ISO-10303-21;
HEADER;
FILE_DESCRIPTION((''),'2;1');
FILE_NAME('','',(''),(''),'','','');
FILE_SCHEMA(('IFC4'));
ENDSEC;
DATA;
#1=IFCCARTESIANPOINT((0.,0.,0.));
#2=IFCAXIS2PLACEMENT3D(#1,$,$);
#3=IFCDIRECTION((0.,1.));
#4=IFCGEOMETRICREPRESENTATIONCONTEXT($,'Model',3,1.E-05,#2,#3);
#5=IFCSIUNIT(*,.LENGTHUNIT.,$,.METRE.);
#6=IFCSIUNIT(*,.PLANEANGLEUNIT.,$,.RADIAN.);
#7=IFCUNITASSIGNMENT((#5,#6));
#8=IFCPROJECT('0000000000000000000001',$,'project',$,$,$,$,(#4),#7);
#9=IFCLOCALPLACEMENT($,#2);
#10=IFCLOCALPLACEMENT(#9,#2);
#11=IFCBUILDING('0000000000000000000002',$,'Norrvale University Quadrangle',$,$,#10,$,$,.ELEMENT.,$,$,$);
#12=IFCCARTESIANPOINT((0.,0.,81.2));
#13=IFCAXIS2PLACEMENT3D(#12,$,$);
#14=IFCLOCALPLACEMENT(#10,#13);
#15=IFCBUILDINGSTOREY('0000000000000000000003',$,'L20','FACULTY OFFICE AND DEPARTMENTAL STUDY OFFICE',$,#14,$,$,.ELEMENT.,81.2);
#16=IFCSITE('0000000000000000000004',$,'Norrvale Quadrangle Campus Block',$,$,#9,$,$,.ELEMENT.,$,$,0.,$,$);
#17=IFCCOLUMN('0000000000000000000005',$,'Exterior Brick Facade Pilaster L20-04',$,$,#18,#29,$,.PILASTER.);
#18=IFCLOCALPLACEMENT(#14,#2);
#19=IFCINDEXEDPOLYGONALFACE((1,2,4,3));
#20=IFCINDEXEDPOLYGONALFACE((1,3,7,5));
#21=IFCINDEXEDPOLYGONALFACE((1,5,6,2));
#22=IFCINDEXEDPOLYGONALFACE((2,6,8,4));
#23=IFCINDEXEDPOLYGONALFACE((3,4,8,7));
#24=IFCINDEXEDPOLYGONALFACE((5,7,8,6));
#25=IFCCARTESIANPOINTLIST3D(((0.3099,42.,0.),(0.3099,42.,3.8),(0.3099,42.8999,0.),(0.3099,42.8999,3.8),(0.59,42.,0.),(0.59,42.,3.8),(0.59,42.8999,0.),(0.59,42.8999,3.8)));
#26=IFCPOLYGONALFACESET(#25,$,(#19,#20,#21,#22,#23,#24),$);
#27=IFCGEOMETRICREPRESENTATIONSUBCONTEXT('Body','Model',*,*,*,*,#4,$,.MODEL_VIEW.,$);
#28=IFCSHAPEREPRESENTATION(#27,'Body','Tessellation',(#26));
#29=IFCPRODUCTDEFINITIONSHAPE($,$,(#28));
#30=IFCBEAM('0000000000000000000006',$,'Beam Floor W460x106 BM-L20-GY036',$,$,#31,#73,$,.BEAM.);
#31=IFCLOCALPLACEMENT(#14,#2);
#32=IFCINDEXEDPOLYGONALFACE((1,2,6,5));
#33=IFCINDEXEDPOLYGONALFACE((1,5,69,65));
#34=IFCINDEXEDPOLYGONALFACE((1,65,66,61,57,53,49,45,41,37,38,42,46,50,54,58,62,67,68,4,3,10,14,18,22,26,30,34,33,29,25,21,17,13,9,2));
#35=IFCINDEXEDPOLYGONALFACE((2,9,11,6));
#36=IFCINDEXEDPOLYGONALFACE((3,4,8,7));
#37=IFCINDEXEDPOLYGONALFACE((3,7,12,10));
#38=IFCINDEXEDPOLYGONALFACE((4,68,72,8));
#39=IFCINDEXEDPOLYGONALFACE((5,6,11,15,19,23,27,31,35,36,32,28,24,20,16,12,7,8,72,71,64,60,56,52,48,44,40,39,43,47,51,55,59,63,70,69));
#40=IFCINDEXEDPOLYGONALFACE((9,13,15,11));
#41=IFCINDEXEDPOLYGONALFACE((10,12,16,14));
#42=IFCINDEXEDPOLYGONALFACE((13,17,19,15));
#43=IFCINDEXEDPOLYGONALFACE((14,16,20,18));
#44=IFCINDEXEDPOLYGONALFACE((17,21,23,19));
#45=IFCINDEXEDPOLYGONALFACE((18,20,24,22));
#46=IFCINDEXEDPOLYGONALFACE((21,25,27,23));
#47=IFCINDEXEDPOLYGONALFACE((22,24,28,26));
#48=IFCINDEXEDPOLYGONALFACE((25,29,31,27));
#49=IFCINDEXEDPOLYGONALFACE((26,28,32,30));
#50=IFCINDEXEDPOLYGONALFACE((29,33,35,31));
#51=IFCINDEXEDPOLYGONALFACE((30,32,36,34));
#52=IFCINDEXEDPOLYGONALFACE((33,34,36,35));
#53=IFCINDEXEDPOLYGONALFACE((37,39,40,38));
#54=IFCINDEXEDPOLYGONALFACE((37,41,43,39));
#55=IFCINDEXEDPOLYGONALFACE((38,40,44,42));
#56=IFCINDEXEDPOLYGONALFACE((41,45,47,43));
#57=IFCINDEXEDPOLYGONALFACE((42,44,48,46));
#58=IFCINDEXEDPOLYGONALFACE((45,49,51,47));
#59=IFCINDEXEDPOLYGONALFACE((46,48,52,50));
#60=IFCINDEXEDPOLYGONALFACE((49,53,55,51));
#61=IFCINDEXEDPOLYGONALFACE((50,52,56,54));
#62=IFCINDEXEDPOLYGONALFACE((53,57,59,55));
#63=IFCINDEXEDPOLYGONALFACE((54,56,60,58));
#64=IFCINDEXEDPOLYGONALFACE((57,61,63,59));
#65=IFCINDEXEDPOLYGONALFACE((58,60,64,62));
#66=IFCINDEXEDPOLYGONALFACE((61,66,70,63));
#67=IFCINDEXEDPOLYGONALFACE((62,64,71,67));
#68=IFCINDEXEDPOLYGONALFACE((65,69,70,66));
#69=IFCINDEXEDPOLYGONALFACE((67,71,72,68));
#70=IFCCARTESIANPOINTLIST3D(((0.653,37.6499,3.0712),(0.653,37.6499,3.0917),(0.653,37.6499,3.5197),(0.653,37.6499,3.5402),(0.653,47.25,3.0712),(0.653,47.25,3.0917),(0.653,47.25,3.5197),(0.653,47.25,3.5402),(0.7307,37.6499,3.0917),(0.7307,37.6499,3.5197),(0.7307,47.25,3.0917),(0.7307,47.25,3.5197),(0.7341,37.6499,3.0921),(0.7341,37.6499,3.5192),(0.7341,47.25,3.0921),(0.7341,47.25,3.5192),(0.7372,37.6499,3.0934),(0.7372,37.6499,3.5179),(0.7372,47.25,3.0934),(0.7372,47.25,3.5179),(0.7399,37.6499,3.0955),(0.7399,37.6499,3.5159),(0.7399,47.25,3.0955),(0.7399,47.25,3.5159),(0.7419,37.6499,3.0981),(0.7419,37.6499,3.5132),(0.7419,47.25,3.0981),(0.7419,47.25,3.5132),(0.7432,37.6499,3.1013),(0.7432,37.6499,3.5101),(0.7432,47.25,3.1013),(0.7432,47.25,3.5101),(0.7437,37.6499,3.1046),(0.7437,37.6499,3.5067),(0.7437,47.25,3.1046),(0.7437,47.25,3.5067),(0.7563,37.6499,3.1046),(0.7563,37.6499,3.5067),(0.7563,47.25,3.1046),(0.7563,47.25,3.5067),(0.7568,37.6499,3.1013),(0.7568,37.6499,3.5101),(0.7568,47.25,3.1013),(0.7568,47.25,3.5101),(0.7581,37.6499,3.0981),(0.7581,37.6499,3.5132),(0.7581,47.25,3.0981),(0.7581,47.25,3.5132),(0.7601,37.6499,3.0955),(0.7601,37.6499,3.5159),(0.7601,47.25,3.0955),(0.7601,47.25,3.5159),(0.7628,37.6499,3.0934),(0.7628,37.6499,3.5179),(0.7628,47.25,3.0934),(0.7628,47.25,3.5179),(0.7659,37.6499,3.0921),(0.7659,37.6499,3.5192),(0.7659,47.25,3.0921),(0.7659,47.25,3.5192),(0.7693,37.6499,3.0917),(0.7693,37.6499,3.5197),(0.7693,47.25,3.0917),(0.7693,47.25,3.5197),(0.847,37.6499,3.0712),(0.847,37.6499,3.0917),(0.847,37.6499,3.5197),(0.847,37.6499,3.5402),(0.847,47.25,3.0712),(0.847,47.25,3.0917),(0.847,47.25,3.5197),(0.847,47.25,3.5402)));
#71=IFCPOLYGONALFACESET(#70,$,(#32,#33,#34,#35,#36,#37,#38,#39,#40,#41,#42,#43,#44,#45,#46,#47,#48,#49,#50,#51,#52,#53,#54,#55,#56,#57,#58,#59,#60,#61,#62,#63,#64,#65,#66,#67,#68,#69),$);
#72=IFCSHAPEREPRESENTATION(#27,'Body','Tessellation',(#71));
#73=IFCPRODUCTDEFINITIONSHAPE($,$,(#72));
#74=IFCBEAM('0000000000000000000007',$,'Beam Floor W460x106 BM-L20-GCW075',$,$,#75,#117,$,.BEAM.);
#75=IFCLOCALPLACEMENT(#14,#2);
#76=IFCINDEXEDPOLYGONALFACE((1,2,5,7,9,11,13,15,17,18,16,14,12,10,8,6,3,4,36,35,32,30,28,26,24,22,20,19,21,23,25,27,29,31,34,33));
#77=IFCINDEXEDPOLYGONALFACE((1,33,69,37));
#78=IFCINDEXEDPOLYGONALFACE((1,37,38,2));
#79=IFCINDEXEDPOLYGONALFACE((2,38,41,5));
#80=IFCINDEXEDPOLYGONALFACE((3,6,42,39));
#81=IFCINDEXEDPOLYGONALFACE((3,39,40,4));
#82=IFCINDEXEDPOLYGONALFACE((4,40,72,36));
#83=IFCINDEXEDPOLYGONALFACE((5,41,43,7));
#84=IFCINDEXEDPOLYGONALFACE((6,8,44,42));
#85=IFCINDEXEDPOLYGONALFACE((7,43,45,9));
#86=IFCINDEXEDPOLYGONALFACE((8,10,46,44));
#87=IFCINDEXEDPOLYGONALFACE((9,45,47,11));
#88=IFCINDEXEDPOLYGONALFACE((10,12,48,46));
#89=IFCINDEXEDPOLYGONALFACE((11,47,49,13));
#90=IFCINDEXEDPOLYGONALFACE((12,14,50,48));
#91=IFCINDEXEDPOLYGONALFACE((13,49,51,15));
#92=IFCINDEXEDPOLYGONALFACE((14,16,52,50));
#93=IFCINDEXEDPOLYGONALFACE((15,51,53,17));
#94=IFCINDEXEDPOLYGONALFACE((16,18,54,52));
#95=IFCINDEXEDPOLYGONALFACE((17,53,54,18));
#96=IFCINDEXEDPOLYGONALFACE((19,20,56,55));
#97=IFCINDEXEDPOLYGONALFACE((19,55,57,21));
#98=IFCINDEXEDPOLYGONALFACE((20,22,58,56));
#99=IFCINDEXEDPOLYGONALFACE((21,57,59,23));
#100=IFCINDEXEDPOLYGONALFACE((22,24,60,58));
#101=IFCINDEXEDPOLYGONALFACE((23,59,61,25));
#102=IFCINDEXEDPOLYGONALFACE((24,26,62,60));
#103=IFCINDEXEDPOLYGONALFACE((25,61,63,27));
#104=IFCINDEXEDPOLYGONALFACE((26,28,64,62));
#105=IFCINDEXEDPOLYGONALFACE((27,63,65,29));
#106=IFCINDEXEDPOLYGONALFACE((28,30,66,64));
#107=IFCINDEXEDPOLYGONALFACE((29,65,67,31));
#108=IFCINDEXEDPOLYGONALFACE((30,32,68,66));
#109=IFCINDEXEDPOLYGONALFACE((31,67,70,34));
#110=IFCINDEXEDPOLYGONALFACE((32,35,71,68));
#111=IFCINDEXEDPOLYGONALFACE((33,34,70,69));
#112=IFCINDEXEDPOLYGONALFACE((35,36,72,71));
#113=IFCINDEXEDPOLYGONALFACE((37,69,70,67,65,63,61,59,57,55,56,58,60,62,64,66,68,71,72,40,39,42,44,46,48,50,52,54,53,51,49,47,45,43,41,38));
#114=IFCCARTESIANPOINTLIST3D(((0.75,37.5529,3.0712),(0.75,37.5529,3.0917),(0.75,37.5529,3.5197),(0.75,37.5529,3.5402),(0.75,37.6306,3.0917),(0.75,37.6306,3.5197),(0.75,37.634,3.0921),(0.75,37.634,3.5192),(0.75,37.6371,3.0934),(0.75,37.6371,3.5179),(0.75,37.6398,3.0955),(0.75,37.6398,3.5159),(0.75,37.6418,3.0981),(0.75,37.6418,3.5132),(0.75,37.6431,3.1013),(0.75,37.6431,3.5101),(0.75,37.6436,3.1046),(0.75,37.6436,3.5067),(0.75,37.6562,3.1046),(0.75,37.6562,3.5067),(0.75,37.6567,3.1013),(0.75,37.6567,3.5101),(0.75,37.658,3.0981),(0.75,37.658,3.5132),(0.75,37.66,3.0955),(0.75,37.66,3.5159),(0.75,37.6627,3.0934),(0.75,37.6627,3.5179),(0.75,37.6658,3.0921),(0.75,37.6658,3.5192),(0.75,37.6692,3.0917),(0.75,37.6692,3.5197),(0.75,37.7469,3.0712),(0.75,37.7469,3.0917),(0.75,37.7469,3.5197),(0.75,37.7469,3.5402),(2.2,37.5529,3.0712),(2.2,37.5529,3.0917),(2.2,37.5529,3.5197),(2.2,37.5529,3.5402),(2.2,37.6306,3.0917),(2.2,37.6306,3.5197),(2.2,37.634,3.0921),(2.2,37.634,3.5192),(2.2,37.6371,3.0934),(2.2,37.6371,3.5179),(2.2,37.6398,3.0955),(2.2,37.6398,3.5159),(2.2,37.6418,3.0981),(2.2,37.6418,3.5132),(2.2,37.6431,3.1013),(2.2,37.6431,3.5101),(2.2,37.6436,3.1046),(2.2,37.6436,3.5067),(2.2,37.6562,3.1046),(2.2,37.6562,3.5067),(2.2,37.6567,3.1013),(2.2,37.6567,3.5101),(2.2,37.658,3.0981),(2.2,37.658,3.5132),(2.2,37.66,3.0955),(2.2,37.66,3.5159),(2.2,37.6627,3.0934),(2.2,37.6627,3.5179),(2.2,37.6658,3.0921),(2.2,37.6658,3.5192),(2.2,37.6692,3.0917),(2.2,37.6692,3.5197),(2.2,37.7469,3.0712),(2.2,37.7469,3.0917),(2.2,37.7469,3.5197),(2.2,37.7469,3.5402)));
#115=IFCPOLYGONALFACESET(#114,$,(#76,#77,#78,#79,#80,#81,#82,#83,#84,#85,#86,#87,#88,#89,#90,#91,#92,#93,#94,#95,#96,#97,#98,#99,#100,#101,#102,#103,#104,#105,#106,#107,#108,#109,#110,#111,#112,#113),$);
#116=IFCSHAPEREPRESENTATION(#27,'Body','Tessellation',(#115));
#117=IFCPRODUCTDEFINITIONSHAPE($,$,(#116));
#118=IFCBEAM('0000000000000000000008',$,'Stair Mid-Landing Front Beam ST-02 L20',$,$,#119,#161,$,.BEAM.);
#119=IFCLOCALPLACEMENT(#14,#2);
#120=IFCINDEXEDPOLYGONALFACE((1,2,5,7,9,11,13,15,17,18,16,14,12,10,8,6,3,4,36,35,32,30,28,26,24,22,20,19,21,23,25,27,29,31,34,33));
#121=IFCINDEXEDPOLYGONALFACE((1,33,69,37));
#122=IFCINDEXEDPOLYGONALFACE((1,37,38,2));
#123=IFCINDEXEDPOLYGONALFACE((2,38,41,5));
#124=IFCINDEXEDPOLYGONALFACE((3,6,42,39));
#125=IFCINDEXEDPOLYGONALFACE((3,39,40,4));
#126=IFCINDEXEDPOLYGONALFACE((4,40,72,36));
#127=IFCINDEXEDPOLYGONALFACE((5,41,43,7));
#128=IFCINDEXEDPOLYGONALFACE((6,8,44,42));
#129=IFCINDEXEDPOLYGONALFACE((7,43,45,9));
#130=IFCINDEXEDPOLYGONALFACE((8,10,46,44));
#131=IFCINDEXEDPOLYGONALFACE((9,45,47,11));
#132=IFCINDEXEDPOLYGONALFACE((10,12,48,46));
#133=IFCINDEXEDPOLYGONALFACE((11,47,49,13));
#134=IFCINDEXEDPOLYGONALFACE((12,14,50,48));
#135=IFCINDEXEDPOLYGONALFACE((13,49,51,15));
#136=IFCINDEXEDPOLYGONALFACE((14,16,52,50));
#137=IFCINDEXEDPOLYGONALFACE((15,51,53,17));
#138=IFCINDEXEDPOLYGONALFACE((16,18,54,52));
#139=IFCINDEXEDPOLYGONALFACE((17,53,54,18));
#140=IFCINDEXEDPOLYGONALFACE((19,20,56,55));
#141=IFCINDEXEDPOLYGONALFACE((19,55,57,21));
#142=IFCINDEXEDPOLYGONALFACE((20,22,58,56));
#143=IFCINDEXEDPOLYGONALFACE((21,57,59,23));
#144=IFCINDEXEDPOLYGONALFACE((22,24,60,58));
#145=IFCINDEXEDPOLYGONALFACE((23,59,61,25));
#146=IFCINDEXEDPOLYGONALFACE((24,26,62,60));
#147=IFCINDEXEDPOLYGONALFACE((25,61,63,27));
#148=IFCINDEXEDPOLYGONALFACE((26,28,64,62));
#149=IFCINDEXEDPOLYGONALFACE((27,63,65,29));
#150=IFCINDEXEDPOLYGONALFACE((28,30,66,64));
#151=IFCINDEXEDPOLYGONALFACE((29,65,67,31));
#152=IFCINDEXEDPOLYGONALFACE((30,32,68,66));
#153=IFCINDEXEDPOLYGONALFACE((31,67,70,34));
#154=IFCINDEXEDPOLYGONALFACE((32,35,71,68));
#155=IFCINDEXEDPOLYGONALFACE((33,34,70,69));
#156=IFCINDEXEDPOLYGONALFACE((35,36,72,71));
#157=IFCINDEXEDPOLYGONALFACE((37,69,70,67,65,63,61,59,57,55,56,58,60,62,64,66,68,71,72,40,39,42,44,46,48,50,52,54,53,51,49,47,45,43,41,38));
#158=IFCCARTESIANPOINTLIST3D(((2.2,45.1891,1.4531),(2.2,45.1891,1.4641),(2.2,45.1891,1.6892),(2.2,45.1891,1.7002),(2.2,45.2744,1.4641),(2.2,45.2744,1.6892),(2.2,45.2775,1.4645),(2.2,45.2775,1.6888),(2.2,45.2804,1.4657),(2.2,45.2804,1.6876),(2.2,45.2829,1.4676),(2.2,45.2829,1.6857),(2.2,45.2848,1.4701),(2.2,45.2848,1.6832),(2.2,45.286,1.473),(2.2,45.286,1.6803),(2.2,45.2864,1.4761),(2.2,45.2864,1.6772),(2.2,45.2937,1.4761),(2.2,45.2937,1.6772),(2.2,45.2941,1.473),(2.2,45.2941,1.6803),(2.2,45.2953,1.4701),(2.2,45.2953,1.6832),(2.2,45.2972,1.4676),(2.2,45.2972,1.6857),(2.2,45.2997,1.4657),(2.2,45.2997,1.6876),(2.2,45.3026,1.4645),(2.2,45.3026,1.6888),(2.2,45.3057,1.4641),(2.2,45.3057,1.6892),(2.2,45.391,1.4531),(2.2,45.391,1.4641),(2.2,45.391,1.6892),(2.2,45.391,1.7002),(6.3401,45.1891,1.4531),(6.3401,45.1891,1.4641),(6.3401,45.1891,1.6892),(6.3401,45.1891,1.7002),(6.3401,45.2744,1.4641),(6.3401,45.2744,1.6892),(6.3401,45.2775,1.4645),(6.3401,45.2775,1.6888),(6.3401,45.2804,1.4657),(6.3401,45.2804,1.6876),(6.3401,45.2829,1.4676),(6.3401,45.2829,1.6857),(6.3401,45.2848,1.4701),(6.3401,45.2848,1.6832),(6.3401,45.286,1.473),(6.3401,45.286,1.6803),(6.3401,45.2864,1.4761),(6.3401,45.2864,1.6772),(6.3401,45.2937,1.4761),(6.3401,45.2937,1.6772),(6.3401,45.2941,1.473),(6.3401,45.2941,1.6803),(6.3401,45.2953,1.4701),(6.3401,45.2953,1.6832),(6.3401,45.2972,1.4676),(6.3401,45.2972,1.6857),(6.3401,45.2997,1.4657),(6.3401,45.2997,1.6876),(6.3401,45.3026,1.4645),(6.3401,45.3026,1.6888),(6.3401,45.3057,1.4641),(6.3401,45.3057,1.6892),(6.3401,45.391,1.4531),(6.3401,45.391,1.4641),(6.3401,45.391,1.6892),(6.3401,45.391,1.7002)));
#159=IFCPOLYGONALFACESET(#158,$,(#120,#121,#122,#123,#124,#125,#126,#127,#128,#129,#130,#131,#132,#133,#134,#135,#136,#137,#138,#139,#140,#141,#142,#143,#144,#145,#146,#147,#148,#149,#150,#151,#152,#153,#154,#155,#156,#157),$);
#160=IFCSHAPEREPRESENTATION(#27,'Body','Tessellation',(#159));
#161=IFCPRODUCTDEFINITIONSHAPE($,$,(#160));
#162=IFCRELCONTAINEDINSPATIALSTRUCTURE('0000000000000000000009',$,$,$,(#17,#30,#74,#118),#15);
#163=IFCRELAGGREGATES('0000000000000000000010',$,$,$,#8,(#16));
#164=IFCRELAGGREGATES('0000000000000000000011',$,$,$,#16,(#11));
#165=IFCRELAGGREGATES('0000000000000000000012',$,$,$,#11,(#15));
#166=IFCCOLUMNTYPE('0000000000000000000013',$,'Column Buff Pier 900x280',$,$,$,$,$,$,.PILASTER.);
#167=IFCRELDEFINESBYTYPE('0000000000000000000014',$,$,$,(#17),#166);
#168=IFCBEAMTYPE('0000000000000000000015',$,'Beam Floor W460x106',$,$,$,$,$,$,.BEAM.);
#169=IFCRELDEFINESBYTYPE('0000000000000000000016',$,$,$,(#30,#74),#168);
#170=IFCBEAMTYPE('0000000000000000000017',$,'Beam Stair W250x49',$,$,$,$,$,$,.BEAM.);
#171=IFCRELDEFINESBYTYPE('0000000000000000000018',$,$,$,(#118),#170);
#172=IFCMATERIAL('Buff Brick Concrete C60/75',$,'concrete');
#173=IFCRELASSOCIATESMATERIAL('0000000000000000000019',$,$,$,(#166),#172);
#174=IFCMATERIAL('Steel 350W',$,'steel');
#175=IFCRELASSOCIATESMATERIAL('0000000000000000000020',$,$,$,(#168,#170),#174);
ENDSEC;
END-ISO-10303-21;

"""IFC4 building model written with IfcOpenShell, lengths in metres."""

from ifc_helpers import new_model, si_unit, direction, frame, origin, origin_2d, place, context, subcontext, project, spatial, rectangle, i_section, extrude, material, material_profile, profile_set, type_object, element, save


model = new_model("IFC4")

# Units and contexts
model_context = context("Model", 3, precision=1e-05, world=origin(), true_north=direction((0.0, 1.0)))
body_context = subcontext(model_context, "Body", "Model", "MODEL_VIEW")
ifc_project = project(units=[si_unit("LENGTHUNIT", "METRE"), si_unit("PLANEANGLEUNIT", "RADIAN")], contexts=[model_context])

# Site, building, storey
site_placement = place(None, origin())
site = spatial("IfcSite", under=ifc_project, at=site_placement, Name="Norrvale Quadrangle Campus Block", CompositionType="ELEMENT", RefElevation=0.0)
building_placement = place(site_placement, origin())
building = spatial("IfcBuilding", under=site, at=building_placement, Name="Norrvale University Quadrangle", CompositionType="ELEMENT")
storey_placement = place(building_placement, frame((0.0, 0.0, 81.2)))
storey = spatial("IfcBuildingStorey", under=building, at=storey_placement, Name="L20", Description="FACULTY OFFICE AND DEPARTMENTAL STUDY OFFICE", CompositionType="ELEMENT", Elevation=81.2)

# Column
ifc_material_1 = material(Name="Buff Brick Concrete C60/75", Category="concrete")
ifc_material_profile_1 = material_profile(ifc_material_1, rectangle(XDim=0.8999, YDim=0.28, at=origin_2d()), Name="Buff Brick Concrete C60/75")
ifc_profile_set_1 = profile_set([ifc_material_profile_1], Name="Buff Brick Concrete C60/75")
column_type = type_object("IfcColumnType", Name="Column Buff Pier 900x280", PredefinedType="PILASTER", material=ifc_profile_set_1)
column_placement = place(storey_placement, frame((0.45, 42.45, 0.0), z_axis=(0.0, 0.0, 1.0), x_axis=(0.0, 1.0, 0.0)))
element("IfcColumn", 1, at=column_placement, inside=storey, type_object=column_type, Name="Exterior Brick Facade Pilaster L20-04", PredefinedType="PILASTER", context=body_context, shape_type="SweptSolid", body=[
    extrude(rectangle(XDim=0.8999, YDim=0.28, at=origin_2d()), origin(), (0.0, 0.0, 1.0), 3.8),
])

# Beams
ifc_material_2 = material(Name="Steel 350W", Category="steel")
ifc_material_profile_2 = material_profile(ifc_material_2, i_section(OverallWidth=0.1941, OverallDepth=0.469, WebThickness=0.0127, FlangeThickness=0.0205, FilletRadius=0.0129, at=origin_2d()), Name="Steel 350W")
ifc_profile_set_2 = profile_set([ifc_material_profile_2], Name="Steel 350W")
beam_type_1 = type_object("IfcBeamType", Name="Beam Floor W460x106", PredefinedType="BEAM", material=ifc_profile_set_2)
beam_1_placement = place(storey_placement, frame((0.75, 37.6499, 3.3057), z_axis=(0.0, 1.0, 0.0), x_axis=(-1.0, 0.0, 0.0)))
element("IfcBeam", 2, at=beam_1_placement, inside=storey, type_object=beam_type_1, Name="Beam Floor W460x106 BM-L20-GY036", PredefinedType="BEAM", context=body_context, shape_type="SweptSolid", body=[
    extrude(i_section(OverallWidth=0.1941, OverallDepth=0.469, WebThickness=0.0127, FlangeThickness=0.0205, FilletRadius=0.0129, at=origin_2d()), origin(), (0.0, 0.0, 1.0), 9.6001),
])
beam_2_placement = place(storey_placement, frame((0.75, 37.6499, 3.3057), z_axis=(1.0, 0.0, 0.0), x_axis=(0.0, 1.0, 0.0)))
element("IfcBeam", 3, at=beam_2_placement, inside=storey, type_object=beam_type_1, Name="Beam Floor W460x106 BM-L20-GCW075", PredefinedType="BEAM", context=body_context, shape_type="SweptSolid", body=[
    extrude(i_section(OverallWidth=0.1941, OverallDepth=0.469, WebThickness=0.0127, FlangeThickness=0.0205, FilletRadius=0.0129, at=origin_2d()), origin(), (0.0, 0.0, 1.0), 1.45),
])
ifc_material_profile_3 = material_profile(ifc_material_2, i_section(OverallWidth=0.2019, OverallDepth=0.2471, WebThickness=0.0073, FlangeThickness=0.011, FilletRadius=0.012, at=origin_2d()), Name="Steel 350W")
ifc_profile_set_3 = profile_set([ifc_material_profile_3], Name="Steel 350W")
beam_type_2 = type_object("IfcBeamType", Name="Beam Stair W250x49", PredefinedType="BEAM", material=ifc_profile_set_3)
beam_3_placement = place(storey_placement, frame((2.2, 45.29, 1.5767), z_axis=(1.0, 0.0, 0.0), x_axis=(0.0, 1.0, 0.0)))
element("IfcBeam", 4, at=beam_3_placement, inside=storey, type_object=beam_type_2, Name="Stair Mid-Landing Front Beam ST-02 L20", PredefinedType="BEAM", context=body_context, shape_type="SweptSolid", body=[
    extrude(i_section(OverallWidth=0.2019, OverallDepth=0.2471, WebThickness=0.0073, FlangeThickness=0.011, FilletRadius=0.012, at=origin_2d()), origin(), (0.0, 0.0, 1.0), 4.1401),
])

save(model, "model.ifc")
